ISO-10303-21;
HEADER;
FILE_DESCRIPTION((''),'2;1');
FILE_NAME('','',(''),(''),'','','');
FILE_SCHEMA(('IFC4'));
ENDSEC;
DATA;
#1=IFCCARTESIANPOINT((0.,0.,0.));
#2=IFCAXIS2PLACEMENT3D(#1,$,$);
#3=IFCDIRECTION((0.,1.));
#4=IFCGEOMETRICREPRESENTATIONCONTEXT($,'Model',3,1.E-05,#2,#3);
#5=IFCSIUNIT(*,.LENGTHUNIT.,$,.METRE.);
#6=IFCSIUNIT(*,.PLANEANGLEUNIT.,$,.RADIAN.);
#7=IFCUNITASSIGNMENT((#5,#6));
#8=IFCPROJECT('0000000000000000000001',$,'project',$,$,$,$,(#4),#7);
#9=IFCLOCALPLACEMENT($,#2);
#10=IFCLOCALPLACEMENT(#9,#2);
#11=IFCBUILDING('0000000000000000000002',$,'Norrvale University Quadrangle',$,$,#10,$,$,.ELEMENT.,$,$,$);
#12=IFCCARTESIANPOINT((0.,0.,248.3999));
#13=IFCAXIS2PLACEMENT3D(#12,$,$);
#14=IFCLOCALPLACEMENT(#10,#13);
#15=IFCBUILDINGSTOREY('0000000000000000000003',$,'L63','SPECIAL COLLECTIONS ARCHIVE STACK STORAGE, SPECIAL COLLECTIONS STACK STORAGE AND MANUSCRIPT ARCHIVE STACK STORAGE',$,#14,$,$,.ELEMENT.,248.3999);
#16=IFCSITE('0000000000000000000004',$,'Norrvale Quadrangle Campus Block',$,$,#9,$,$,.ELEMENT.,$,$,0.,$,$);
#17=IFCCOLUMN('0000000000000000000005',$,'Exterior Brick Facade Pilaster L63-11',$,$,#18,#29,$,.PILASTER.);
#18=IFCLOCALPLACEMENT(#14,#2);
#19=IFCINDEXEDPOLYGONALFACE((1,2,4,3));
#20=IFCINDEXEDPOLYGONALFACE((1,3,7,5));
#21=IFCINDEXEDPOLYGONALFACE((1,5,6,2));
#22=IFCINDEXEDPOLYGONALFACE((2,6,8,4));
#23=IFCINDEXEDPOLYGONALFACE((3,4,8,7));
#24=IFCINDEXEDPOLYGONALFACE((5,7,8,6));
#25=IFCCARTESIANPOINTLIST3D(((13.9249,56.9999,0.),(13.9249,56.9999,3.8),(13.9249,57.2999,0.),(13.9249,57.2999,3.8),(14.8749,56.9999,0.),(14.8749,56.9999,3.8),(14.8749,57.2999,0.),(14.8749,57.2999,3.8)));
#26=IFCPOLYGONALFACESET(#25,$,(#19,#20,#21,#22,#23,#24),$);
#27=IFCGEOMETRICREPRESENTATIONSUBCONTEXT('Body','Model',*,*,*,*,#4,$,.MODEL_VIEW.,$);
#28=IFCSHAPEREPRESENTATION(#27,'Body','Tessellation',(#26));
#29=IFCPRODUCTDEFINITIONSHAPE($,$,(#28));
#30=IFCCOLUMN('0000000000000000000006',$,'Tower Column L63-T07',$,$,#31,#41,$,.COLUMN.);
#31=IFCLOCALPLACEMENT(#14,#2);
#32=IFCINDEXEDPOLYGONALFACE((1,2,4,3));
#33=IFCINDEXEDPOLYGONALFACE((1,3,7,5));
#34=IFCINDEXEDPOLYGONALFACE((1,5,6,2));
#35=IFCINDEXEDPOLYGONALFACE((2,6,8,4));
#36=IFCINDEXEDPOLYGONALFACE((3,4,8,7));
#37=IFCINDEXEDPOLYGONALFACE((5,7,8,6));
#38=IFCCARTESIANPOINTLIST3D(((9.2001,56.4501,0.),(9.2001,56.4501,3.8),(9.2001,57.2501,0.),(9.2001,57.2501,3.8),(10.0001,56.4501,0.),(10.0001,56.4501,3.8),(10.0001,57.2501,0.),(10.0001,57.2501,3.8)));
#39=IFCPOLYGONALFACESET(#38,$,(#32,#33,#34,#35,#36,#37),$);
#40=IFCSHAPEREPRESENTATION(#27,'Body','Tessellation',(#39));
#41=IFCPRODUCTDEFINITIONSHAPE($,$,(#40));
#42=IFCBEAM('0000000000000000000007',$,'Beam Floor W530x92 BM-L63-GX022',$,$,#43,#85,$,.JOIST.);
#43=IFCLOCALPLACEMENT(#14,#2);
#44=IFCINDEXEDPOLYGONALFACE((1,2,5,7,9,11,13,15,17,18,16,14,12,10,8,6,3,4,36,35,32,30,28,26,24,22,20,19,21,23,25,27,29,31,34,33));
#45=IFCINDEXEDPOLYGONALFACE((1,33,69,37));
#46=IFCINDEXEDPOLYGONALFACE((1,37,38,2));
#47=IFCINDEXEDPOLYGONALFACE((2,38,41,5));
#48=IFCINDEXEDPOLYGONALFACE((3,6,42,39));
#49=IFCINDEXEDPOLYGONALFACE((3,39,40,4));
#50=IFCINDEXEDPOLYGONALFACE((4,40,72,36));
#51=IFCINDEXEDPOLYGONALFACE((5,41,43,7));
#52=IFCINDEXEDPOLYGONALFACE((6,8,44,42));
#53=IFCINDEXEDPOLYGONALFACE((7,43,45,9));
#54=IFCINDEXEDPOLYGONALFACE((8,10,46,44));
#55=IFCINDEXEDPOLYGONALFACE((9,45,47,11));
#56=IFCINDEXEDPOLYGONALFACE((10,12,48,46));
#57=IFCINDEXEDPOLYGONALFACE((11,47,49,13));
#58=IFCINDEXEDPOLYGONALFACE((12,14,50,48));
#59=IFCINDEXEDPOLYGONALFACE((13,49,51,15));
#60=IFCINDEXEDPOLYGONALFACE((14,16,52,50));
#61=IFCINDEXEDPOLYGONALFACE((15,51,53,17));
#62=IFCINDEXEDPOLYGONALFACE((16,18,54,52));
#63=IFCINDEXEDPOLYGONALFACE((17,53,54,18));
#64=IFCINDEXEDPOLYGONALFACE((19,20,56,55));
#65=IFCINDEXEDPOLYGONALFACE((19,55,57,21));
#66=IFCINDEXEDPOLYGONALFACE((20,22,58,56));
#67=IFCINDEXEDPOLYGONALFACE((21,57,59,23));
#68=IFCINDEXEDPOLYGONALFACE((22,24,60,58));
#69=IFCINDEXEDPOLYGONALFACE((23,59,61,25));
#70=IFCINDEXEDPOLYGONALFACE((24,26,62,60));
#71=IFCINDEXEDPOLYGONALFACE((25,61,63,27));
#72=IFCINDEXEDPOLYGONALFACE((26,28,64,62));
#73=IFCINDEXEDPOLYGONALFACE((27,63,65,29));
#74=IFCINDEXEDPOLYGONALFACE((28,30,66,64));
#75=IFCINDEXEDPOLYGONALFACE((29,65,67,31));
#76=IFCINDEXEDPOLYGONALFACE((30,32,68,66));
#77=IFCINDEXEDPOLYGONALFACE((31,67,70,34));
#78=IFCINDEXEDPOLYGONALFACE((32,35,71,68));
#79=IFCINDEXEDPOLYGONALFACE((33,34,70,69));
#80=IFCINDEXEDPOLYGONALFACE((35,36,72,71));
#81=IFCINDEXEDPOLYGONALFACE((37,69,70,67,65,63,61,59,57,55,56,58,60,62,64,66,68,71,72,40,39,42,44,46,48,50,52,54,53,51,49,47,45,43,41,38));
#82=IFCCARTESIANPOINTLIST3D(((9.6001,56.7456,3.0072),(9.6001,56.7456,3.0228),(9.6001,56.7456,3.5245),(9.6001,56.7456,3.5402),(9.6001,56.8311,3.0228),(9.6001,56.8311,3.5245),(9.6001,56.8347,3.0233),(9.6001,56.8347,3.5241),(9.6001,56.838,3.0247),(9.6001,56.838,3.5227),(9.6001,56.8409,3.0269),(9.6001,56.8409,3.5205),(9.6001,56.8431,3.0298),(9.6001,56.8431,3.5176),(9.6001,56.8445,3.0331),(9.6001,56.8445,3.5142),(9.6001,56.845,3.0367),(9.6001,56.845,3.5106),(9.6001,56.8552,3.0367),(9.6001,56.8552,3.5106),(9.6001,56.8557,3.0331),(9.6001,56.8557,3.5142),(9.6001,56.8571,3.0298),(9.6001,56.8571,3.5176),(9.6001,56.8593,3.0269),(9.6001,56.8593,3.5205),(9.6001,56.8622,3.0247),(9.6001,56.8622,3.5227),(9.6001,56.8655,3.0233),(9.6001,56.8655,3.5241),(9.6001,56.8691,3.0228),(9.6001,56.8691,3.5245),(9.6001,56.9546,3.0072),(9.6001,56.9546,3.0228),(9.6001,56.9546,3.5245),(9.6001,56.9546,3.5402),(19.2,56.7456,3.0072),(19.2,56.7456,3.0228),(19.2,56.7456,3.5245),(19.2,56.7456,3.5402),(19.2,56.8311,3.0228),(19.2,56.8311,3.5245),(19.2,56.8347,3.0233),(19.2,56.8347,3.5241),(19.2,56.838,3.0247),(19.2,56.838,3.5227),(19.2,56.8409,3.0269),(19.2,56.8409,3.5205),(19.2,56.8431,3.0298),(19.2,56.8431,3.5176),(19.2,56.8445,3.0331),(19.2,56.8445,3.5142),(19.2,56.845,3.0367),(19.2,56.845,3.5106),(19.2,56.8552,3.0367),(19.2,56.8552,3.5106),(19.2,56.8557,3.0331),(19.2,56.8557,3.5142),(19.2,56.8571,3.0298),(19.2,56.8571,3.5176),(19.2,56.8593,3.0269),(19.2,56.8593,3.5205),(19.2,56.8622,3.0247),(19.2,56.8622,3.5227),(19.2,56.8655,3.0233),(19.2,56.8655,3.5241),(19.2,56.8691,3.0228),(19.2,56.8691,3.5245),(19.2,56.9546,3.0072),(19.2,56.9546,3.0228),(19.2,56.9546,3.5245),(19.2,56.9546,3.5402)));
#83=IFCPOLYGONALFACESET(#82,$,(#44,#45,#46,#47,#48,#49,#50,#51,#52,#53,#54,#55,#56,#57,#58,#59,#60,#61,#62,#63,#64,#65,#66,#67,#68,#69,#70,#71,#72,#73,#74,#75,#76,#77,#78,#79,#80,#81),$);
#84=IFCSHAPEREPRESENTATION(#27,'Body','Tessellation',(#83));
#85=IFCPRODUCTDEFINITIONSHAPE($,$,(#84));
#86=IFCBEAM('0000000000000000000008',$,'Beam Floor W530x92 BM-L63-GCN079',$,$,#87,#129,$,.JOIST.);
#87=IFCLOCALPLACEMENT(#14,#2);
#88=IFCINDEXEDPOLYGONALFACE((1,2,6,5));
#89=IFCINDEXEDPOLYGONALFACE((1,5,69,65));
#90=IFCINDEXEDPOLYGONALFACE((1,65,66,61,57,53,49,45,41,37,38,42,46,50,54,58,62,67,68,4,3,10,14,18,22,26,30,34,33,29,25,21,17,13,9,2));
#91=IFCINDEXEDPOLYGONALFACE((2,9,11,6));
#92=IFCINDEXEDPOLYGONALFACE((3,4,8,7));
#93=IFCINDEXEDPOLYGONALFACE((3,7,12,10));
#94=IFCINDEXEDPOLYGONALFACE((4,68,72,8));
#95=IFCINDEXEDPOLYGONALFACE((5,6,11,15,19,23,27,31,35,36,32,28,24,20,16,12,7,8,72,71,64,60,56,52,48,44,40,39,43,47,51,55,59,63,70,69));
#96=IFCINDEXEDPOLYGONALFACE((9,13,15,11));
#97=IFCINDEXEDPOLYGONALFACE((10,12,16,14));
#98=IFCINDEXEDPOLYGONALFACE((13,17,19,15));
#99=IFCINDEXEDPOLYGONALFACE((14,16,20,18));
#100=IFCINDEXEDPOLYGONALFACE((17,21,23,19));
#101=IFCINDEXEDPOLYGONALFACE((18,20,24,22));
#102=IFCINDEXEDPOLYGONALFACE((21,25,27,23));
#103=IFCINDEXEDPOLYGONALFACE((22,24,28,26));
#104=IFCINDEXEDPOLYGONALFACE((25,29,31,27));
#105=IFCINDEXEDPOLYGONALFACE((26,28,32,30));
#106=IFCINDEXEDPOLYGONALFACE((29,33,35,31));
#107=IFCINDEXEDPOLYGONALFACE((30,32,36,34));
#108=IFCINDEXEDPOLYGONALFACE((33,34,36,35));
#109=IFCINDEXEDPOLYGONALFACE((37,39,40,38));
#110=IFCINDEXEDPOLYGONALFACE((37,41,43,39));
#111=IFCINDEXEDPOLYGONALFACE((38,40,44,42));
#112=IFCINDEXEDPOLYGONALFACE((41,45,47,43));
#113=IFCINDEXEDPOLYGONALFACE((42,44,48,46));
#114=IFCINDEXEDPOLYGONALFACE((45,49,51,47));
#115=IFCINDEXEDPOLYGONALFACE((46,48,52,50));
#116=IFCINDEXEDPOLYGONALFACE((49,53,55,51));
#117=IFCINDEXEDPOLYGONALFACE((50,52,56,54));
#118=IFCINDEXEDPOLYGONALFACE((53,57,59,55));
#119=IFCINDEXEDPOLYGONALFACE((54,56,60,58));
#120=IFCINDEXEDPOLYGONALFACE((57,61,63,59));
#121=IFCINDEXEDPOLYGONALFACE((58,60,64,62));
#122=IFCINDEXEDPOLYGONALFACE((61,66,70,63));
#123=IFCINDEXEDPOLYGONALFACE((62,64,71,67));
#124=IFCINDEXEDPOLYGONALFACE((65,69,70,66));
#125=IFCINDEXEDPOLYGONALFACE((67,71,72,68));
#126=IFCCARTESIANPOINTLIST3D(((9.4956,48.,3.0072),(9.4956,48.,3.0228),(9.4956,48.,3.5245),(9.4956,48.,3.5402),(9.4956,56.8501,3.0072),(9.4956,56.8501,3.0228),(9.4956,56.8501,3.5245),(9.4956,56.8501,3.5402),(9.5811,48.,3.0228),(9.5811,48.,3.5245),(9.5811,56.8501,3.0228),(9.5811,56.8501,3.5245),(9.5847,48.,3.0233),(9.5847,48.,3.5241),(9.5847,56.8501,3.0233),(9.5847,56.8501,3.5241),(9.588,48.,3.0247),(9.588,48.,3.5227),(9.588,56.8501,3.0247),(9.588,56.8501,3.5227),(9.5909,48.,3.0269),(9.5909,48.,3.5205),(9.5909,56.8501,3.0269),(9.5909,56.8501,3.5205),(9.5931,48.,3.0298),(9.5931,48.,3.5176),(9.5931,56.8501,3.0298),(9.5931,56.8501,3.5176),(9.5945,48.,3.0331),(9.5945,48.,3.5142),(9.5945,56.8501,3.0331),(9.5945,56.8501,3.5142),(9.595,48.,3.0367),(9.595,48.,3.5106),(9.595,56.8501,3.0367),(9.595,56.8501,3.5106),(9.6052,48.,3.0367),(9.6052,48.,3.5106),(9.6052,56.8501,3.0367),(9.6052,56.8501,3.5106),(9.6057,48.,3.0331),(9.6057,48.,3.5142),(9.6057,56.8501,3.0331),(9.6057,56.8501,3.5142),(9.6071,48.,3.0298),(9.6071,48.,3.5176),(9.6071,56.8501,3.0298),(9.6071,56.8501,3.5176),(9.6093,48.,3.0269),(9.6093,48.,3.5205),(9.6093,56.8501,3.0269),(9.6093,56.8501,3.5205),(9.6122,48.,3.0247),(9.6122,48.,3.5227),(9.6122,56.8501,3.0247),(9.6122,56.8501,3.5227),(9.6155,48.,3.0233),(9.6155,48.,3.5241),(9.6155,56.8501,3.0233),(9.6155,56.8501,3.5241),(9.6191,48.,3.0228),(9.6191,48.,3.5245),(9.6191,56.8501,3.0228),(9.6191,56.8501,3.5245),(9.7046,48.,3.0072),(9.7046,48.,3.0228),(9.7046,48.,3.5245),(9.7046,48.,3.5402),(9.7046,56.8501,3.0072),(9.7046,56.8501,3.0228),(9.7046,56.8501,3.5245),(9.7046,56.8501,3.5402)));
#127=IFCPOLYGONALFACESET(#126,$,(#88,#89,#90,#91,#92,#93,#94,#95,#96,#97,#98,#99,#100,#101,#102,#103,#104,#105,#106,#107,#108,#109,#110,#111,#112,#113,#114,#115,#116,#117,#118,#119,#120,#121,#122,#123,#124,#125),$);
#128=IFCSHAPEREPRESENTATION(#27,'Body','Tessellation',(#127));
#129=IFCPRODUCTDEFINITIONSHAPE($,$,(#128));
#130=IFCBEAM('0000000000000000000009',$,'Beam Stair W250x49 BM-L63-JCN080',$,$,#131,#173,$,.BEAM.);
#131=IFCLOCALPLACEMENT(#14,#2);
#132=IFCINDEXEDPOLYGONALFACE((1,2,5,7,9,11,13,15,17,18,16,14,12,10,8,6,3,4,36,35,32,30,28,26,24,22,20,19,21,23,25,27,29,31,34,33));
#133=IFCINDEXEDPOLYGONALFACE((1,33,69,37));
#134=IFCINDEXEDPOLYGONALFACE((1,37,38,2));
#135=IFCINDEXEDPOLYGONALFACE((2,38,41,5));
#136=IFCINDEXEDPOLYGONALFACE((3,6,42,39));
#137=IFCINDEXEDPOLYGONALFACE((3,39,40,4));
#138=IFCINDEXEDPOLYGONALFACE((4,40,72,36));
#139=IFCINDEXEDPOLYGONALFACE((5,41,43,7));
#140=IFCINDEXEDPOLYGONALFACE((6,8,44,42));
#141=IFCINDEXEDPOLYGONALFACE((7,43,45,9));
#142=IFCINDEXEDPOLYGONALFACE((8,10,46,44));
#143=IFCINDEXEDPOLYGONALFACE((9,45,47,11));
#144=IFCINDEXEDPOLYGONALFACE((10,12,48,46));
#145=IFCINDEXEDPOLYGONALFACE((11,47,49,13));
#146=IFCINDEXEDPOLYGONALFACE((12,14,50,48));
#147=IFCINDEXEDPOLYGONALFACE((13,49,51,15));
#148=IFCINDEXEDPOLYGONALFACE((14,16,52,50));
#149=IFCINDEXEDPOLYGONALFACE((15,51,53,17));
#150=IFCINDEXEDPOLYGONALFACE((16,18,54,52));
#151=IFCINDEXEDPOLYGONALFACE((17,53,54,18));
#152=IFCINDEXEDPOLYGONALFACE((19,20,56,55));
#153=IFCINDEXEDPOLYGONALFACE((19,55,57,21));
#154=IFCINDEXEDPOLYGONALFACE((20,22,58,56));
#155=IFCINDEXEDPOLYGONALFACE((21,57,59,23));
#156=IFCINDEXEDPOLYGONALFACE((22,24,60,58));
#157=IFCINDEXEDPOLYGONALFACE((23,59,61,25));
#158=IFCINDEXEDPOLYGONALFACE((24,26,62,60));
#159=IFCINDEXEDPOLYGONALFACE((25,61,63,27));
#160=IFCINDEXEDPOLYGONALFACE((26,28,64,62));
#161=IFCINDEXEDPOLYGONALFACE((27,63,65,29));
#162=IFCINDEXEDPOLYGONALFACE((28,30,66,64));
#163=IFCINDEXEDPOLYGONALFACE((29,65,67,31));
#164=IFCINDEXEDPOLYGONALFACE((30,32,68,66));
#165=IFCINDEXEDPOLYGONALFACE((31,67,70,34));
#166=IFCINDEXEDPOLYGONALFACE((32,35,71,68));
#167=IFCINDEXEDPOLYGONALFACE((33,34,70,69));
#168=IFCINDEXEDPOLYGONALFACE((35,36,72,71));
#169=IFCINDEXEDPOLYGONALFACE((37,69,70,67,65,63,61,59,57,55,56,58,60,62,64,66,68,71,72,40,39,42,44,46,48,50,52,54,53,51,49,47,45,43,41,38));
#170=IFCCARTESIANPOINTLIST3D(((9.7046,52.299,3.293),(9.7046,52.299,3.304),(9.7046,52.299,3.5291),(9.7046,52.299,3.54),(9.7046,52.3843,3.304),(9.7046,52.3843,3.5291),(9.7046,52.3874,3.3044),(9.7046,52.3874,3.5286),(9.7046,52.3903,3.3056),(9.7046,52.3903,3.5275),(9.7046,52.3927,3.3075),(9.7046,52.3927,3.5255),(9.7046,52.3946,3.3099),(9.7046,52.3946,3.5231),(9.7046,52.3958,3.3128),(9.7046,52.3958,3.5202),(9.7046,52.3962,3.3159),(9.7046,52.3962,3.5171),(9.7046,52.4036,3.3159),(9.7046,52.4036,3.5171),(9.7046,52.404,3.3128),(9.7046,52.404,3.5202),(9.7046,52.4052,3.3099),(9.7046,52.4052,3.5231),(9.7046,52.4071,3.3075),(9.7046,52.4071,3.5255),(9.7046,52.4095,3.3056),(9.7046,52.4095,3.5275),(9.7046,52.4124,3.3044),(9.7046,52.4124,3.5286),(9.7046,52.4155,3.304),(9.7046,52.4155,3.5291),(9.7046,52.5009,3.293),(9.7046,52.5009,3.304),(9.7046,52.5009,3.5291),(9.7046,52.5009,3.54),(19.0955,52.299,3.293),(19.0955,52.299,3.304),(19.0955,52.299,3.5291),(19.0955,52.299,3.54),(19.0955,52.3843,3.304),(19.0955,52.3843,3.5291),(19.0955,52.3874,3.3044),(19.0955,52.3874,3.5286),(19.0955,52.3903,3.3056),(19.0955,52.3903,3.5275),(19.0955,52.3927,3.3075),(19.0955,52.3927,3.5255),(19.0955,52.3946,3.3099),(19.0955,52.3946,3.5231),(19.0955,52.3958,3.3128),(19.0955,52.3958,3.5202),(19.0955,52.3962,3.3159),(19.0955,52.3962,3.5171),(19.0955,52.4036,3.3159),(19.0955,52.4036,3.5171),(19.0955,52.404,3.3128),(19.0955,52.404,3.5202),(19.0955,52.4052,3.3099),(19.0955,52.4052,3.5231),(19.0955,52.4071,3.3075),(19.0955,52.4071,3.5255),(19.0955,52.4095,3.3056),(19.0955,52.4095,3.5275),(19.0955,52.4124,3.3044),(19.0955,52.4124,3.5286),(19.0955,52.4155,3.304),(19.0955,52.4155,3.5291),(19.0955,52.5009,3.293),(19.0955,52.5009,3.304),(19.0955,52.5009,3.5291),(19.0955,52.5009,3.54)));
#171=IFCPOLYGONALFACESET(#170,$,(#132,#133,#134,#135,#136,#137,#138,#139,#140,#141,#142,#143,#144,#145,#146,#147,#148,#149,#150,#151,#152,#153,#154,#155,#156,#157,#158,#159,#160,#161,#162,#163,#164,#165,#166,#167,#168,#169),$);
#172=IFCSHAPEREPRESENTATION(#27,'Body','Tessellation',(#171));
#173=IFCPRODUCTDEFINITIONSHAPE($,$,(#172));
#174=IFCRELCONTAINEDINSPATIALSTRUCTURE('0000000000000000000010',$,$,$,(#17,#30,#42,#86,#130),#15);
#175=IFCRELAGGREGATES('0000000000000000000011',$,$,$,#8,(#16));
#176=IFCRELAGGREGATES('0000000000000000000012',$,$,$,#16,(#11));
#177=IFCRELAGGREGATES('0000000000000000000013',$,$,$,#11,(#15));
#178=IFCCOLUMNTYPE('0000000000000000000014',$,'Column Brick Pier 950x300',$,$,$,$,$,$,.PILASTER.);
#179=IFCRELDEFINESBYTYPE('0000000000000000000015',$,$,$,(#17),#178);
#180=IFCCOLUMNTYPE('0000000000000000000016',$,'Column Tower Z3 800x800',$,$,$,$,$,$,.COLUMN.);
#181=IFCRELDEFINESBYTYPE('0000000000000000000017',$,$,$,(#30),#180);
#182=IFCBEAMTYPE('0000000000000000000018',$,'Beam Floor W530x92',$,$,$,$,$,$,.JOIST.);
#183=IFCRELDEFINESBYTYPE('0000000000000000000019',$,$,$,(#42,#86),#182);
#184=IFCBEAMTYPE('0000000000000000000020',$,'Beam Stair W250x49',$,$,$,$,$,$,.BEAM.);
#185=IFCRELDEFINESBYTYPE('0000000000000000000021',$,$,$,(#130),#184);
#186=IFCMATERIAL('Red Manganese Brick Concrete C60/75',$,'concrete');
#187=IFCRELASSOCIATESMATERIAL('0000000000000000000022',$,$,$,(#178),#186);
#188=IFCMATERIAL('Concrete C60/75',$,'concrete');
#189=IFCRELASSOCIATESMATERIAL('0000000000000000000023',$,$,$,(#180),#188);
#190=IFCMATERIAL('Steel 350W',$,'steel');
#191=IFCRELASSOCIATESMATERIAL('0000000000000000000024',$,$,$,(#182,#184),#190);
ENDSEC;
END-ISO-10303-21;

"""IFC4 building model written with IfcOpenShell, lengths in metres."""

from ifc_helpers import new_model, si_unit, direction, frame, origin, origin_2d, place, context, subcontext, project, spatial, rectangle, i_section, extrude, material, material_profile, profile_set, type_object, element, save


model = new_model("IFC4")

# Units and contexts
model_context = context("Model", 3, precision=1e-05, world=origin(), true_north=direction((0.0, 1.0)))
body_context = subcontext(model_context, "Body", "Model", "MODEL_VIEW")
ifc_project = project(units=[si_unit("LENGTHUNIT", "METRE"), si_unit("PLANEANGLEUNIT", "RADIAN")], contexts=[model_context])

# Site, building, storey
site_placement = place(None, origin())
site = spatial("IfcSite", under=ifc_project, at=site_placement, Name="Norrvale Quadrangle Campus Block", CompositionType="ELEMENT", RefElevation=0.0)
building_placement = place(site_placement, origin())
building = spatial("IfcBuilding", under=site, at=building_placement, Name="Norrvale University Quadrangle", CompositionType="ELEMENT")
storey_placement = place(building_placement, frame((0.0, 0.0, 248.3999)))
storey = spatial("IfcBuildingStorey", under=building, at=storey_placement, Name="L63", Description="SPECIAL COLLECTIONS ARCHIVE STACK STORAGE, SPECIAL COLLECTIONS STACK STORAGE AND MANUSCRIPT ARCHIVE STACK STORAGE", CompositionType="ELEMENT", Elevation=248.3999)

# Columns
ifc_material_1 = material(Name="Red Manganese Brick Concrete C60/75", Category="concrete")
ifc_material_profile_1 = material_profile(ifc_material_1, rectangle(XDim=0.95, YDim=0.3, at=origin_2d()), Name="Red Manganese Brick Concrete C60/75")
ifc_profile_set_1 = profile_set([ifc_material_profile_1], Name="Red Manganese Brick Concrete C60/75")
column_type_1 = type_object("IfcColumnType", Name="Column Brick Pier 950x300", PredefinedType="PILASTER", material=ifc_profile_set_1)
column_1_placement = place(storey_placement, frame((14.3999, 57.1499, 0.0), z_axis=(0.0, 0.0, 1.0), x_axis=(1.0, 0.0, 0.0)))
element("IfcColumn", 1, at=column_1_placement, inside=storey, type_object=column_type_1, Name="Exterior Brick Facade Pilaster L63-11", PredefinedType="PILASTER", context=body_context, shape_type="SweptSolid", body=[
    extrude(rectangle(XDim=0.95, YDim=0.3, at=origin_2d()), origin(), (0.0, 0.0, 1.0), 3.8),
])
ifc_material_2 = material(Name="Concrete C60/75", Category="concrete")
ifc_material_profile_2 = material_profile(ifc_material_2, rectangle(XDim=0.8, YDim=0.8, at=origin_2d()), Name="Concrete C60/75")
ifc_profile_set_2 = profile_set([ifc_material_profile_2], Name="Concrete C60/75")
column_type_2 = type_object("IfcColumnType", Name="Column Tower Z3 800x800", PredefinedType="COLUMN", material=ifc_profile_set_2)
column_2_placement = place(storey_placement, frame((9.6001, 56.8501, 0.0), z_axis=(0.0, 0.0, 1.0), x_axis=(1.0, 0.0, 0.0)))
element("IfcColumn", 2, at=column_2_placement, inside=storey, type_object=column_type_2, Name="Tower Column L63-T07", PredefinedType="COLUMN", context=body_context, shape_type="SweptSolid", body=[
    extrude(rectangle(XDim=0.8, YDim=0.8, at=origin_2d()), origin(), (0.0, 0.0, 1.0), 3.8),
])

# Beams
ifc_material_3 = material(Name="Steel 350W", Category="steel")
ifc_material_profile_3 = material_profile(ifc_material_3, i_section(OverallWidth=0.209, OverallDepth=0.533, WebThickness=0.0103, FlangeThickness=0.0156, FilletRadius=0.0139, at=origin_2d()), Name="Steel 350W")
ifc_profile_set_3 = profile_set([ifc_material_profile_3], Name="Steel 350W")
beam_type_1 = type_object("IfcBeamType", Name="Beam Floor W530x92", PredefinedType="JOIST", material=ifc_profile_set_3)
beam_1_placement = place(storey_placement, frame((9.6001, 56.8501, 3.2737), z_axis=(1.0, 0.0, 0.0), x_axis=(0.0, 1.0, 0.0)))
element("IfcBeam", 3, at=beam_1_placement, inside=storey, type_object=beam_type_1, Name="Beam Floor W530x92 BM-L63-GX022", PredefinedType="JOIST", context=body_context, shape_type="SweptSolid", body=[
    extrude(i_section(OverallWidth=0.209, OverallDepth=0.533, WebThickness=0.0103, FlangeThickness=0.0156, FilletRadius=0.0139, at=origin_2d()), origin(), (0.0, 0.0, 1.0), 9.5999),
])
beam_2_placement = place(storey_placement, frame((9.6001, 48.0, 3.2737), z_axis=(0.0, 1.0, 0.0), x_axis=(-1.0, 0.0, 0.0)))
element("IfcBeam", 4, at=beam_2_placement, inside=storey, type_object=beam_type_1, Name="Beam Floor W530x92 BM-L63-GCN079", PredefinedType="JOIST", context=body_context, shape_type="SweptSolid", body=[
    extrude(i_section(OverallWidth=0.209, OverallDepth=0.533, WebThickness=0.0103, FlangeThickness=0.0156, FilletRadius=0.0139, at=origin_2d()), origin(), (0.0, 0.0, 1.0), 8.8501),
])
ifc_material_profile_4 = material_profile(ifc_material_3, i_section(OverallWidth=0.2019, OverallDepth=0.2471, WebThickness=0.0073, FlangeThickness=0.011, FilletRadius=0.012, at=origin_2d()), Name="Steel 350W")
ifc_profile_set_4 = profile_set([ifc_material_profile_4], Name="Steel 350W")
beam_type_2 = type_object("IfcBeamType", Name="Beam Stair W250x49", PredefinedType="BEAM", material=ifc_profile_set_4)
beam_3_placement = place(storey_placement, frame((9.7046, 52.3999, 3.4165), z_axis=(1.0, 0.0, 0.0), x_axis=(0.0, 1.0, 0.0)))
element("IfcBeam", 5, at=beam_3_placement, inside=storey, type_object=beam_type_2, Name="Beam Stair W250x49 BM-L63-JCN080", PredefinedType="BEAM", context=body_context, shape_type="SweptSolid", body=[
    extrude(i_section(OverallWidth=0.2019, OverallDepth=0.2471, WebThickness=0.0073, FlangeThickness=0.011, FilletRadius=0.012, at=origin_2d()), origin(), (0.0, 0.0, 1.0), 9.3909),
])

save(model, "model.ifc")
